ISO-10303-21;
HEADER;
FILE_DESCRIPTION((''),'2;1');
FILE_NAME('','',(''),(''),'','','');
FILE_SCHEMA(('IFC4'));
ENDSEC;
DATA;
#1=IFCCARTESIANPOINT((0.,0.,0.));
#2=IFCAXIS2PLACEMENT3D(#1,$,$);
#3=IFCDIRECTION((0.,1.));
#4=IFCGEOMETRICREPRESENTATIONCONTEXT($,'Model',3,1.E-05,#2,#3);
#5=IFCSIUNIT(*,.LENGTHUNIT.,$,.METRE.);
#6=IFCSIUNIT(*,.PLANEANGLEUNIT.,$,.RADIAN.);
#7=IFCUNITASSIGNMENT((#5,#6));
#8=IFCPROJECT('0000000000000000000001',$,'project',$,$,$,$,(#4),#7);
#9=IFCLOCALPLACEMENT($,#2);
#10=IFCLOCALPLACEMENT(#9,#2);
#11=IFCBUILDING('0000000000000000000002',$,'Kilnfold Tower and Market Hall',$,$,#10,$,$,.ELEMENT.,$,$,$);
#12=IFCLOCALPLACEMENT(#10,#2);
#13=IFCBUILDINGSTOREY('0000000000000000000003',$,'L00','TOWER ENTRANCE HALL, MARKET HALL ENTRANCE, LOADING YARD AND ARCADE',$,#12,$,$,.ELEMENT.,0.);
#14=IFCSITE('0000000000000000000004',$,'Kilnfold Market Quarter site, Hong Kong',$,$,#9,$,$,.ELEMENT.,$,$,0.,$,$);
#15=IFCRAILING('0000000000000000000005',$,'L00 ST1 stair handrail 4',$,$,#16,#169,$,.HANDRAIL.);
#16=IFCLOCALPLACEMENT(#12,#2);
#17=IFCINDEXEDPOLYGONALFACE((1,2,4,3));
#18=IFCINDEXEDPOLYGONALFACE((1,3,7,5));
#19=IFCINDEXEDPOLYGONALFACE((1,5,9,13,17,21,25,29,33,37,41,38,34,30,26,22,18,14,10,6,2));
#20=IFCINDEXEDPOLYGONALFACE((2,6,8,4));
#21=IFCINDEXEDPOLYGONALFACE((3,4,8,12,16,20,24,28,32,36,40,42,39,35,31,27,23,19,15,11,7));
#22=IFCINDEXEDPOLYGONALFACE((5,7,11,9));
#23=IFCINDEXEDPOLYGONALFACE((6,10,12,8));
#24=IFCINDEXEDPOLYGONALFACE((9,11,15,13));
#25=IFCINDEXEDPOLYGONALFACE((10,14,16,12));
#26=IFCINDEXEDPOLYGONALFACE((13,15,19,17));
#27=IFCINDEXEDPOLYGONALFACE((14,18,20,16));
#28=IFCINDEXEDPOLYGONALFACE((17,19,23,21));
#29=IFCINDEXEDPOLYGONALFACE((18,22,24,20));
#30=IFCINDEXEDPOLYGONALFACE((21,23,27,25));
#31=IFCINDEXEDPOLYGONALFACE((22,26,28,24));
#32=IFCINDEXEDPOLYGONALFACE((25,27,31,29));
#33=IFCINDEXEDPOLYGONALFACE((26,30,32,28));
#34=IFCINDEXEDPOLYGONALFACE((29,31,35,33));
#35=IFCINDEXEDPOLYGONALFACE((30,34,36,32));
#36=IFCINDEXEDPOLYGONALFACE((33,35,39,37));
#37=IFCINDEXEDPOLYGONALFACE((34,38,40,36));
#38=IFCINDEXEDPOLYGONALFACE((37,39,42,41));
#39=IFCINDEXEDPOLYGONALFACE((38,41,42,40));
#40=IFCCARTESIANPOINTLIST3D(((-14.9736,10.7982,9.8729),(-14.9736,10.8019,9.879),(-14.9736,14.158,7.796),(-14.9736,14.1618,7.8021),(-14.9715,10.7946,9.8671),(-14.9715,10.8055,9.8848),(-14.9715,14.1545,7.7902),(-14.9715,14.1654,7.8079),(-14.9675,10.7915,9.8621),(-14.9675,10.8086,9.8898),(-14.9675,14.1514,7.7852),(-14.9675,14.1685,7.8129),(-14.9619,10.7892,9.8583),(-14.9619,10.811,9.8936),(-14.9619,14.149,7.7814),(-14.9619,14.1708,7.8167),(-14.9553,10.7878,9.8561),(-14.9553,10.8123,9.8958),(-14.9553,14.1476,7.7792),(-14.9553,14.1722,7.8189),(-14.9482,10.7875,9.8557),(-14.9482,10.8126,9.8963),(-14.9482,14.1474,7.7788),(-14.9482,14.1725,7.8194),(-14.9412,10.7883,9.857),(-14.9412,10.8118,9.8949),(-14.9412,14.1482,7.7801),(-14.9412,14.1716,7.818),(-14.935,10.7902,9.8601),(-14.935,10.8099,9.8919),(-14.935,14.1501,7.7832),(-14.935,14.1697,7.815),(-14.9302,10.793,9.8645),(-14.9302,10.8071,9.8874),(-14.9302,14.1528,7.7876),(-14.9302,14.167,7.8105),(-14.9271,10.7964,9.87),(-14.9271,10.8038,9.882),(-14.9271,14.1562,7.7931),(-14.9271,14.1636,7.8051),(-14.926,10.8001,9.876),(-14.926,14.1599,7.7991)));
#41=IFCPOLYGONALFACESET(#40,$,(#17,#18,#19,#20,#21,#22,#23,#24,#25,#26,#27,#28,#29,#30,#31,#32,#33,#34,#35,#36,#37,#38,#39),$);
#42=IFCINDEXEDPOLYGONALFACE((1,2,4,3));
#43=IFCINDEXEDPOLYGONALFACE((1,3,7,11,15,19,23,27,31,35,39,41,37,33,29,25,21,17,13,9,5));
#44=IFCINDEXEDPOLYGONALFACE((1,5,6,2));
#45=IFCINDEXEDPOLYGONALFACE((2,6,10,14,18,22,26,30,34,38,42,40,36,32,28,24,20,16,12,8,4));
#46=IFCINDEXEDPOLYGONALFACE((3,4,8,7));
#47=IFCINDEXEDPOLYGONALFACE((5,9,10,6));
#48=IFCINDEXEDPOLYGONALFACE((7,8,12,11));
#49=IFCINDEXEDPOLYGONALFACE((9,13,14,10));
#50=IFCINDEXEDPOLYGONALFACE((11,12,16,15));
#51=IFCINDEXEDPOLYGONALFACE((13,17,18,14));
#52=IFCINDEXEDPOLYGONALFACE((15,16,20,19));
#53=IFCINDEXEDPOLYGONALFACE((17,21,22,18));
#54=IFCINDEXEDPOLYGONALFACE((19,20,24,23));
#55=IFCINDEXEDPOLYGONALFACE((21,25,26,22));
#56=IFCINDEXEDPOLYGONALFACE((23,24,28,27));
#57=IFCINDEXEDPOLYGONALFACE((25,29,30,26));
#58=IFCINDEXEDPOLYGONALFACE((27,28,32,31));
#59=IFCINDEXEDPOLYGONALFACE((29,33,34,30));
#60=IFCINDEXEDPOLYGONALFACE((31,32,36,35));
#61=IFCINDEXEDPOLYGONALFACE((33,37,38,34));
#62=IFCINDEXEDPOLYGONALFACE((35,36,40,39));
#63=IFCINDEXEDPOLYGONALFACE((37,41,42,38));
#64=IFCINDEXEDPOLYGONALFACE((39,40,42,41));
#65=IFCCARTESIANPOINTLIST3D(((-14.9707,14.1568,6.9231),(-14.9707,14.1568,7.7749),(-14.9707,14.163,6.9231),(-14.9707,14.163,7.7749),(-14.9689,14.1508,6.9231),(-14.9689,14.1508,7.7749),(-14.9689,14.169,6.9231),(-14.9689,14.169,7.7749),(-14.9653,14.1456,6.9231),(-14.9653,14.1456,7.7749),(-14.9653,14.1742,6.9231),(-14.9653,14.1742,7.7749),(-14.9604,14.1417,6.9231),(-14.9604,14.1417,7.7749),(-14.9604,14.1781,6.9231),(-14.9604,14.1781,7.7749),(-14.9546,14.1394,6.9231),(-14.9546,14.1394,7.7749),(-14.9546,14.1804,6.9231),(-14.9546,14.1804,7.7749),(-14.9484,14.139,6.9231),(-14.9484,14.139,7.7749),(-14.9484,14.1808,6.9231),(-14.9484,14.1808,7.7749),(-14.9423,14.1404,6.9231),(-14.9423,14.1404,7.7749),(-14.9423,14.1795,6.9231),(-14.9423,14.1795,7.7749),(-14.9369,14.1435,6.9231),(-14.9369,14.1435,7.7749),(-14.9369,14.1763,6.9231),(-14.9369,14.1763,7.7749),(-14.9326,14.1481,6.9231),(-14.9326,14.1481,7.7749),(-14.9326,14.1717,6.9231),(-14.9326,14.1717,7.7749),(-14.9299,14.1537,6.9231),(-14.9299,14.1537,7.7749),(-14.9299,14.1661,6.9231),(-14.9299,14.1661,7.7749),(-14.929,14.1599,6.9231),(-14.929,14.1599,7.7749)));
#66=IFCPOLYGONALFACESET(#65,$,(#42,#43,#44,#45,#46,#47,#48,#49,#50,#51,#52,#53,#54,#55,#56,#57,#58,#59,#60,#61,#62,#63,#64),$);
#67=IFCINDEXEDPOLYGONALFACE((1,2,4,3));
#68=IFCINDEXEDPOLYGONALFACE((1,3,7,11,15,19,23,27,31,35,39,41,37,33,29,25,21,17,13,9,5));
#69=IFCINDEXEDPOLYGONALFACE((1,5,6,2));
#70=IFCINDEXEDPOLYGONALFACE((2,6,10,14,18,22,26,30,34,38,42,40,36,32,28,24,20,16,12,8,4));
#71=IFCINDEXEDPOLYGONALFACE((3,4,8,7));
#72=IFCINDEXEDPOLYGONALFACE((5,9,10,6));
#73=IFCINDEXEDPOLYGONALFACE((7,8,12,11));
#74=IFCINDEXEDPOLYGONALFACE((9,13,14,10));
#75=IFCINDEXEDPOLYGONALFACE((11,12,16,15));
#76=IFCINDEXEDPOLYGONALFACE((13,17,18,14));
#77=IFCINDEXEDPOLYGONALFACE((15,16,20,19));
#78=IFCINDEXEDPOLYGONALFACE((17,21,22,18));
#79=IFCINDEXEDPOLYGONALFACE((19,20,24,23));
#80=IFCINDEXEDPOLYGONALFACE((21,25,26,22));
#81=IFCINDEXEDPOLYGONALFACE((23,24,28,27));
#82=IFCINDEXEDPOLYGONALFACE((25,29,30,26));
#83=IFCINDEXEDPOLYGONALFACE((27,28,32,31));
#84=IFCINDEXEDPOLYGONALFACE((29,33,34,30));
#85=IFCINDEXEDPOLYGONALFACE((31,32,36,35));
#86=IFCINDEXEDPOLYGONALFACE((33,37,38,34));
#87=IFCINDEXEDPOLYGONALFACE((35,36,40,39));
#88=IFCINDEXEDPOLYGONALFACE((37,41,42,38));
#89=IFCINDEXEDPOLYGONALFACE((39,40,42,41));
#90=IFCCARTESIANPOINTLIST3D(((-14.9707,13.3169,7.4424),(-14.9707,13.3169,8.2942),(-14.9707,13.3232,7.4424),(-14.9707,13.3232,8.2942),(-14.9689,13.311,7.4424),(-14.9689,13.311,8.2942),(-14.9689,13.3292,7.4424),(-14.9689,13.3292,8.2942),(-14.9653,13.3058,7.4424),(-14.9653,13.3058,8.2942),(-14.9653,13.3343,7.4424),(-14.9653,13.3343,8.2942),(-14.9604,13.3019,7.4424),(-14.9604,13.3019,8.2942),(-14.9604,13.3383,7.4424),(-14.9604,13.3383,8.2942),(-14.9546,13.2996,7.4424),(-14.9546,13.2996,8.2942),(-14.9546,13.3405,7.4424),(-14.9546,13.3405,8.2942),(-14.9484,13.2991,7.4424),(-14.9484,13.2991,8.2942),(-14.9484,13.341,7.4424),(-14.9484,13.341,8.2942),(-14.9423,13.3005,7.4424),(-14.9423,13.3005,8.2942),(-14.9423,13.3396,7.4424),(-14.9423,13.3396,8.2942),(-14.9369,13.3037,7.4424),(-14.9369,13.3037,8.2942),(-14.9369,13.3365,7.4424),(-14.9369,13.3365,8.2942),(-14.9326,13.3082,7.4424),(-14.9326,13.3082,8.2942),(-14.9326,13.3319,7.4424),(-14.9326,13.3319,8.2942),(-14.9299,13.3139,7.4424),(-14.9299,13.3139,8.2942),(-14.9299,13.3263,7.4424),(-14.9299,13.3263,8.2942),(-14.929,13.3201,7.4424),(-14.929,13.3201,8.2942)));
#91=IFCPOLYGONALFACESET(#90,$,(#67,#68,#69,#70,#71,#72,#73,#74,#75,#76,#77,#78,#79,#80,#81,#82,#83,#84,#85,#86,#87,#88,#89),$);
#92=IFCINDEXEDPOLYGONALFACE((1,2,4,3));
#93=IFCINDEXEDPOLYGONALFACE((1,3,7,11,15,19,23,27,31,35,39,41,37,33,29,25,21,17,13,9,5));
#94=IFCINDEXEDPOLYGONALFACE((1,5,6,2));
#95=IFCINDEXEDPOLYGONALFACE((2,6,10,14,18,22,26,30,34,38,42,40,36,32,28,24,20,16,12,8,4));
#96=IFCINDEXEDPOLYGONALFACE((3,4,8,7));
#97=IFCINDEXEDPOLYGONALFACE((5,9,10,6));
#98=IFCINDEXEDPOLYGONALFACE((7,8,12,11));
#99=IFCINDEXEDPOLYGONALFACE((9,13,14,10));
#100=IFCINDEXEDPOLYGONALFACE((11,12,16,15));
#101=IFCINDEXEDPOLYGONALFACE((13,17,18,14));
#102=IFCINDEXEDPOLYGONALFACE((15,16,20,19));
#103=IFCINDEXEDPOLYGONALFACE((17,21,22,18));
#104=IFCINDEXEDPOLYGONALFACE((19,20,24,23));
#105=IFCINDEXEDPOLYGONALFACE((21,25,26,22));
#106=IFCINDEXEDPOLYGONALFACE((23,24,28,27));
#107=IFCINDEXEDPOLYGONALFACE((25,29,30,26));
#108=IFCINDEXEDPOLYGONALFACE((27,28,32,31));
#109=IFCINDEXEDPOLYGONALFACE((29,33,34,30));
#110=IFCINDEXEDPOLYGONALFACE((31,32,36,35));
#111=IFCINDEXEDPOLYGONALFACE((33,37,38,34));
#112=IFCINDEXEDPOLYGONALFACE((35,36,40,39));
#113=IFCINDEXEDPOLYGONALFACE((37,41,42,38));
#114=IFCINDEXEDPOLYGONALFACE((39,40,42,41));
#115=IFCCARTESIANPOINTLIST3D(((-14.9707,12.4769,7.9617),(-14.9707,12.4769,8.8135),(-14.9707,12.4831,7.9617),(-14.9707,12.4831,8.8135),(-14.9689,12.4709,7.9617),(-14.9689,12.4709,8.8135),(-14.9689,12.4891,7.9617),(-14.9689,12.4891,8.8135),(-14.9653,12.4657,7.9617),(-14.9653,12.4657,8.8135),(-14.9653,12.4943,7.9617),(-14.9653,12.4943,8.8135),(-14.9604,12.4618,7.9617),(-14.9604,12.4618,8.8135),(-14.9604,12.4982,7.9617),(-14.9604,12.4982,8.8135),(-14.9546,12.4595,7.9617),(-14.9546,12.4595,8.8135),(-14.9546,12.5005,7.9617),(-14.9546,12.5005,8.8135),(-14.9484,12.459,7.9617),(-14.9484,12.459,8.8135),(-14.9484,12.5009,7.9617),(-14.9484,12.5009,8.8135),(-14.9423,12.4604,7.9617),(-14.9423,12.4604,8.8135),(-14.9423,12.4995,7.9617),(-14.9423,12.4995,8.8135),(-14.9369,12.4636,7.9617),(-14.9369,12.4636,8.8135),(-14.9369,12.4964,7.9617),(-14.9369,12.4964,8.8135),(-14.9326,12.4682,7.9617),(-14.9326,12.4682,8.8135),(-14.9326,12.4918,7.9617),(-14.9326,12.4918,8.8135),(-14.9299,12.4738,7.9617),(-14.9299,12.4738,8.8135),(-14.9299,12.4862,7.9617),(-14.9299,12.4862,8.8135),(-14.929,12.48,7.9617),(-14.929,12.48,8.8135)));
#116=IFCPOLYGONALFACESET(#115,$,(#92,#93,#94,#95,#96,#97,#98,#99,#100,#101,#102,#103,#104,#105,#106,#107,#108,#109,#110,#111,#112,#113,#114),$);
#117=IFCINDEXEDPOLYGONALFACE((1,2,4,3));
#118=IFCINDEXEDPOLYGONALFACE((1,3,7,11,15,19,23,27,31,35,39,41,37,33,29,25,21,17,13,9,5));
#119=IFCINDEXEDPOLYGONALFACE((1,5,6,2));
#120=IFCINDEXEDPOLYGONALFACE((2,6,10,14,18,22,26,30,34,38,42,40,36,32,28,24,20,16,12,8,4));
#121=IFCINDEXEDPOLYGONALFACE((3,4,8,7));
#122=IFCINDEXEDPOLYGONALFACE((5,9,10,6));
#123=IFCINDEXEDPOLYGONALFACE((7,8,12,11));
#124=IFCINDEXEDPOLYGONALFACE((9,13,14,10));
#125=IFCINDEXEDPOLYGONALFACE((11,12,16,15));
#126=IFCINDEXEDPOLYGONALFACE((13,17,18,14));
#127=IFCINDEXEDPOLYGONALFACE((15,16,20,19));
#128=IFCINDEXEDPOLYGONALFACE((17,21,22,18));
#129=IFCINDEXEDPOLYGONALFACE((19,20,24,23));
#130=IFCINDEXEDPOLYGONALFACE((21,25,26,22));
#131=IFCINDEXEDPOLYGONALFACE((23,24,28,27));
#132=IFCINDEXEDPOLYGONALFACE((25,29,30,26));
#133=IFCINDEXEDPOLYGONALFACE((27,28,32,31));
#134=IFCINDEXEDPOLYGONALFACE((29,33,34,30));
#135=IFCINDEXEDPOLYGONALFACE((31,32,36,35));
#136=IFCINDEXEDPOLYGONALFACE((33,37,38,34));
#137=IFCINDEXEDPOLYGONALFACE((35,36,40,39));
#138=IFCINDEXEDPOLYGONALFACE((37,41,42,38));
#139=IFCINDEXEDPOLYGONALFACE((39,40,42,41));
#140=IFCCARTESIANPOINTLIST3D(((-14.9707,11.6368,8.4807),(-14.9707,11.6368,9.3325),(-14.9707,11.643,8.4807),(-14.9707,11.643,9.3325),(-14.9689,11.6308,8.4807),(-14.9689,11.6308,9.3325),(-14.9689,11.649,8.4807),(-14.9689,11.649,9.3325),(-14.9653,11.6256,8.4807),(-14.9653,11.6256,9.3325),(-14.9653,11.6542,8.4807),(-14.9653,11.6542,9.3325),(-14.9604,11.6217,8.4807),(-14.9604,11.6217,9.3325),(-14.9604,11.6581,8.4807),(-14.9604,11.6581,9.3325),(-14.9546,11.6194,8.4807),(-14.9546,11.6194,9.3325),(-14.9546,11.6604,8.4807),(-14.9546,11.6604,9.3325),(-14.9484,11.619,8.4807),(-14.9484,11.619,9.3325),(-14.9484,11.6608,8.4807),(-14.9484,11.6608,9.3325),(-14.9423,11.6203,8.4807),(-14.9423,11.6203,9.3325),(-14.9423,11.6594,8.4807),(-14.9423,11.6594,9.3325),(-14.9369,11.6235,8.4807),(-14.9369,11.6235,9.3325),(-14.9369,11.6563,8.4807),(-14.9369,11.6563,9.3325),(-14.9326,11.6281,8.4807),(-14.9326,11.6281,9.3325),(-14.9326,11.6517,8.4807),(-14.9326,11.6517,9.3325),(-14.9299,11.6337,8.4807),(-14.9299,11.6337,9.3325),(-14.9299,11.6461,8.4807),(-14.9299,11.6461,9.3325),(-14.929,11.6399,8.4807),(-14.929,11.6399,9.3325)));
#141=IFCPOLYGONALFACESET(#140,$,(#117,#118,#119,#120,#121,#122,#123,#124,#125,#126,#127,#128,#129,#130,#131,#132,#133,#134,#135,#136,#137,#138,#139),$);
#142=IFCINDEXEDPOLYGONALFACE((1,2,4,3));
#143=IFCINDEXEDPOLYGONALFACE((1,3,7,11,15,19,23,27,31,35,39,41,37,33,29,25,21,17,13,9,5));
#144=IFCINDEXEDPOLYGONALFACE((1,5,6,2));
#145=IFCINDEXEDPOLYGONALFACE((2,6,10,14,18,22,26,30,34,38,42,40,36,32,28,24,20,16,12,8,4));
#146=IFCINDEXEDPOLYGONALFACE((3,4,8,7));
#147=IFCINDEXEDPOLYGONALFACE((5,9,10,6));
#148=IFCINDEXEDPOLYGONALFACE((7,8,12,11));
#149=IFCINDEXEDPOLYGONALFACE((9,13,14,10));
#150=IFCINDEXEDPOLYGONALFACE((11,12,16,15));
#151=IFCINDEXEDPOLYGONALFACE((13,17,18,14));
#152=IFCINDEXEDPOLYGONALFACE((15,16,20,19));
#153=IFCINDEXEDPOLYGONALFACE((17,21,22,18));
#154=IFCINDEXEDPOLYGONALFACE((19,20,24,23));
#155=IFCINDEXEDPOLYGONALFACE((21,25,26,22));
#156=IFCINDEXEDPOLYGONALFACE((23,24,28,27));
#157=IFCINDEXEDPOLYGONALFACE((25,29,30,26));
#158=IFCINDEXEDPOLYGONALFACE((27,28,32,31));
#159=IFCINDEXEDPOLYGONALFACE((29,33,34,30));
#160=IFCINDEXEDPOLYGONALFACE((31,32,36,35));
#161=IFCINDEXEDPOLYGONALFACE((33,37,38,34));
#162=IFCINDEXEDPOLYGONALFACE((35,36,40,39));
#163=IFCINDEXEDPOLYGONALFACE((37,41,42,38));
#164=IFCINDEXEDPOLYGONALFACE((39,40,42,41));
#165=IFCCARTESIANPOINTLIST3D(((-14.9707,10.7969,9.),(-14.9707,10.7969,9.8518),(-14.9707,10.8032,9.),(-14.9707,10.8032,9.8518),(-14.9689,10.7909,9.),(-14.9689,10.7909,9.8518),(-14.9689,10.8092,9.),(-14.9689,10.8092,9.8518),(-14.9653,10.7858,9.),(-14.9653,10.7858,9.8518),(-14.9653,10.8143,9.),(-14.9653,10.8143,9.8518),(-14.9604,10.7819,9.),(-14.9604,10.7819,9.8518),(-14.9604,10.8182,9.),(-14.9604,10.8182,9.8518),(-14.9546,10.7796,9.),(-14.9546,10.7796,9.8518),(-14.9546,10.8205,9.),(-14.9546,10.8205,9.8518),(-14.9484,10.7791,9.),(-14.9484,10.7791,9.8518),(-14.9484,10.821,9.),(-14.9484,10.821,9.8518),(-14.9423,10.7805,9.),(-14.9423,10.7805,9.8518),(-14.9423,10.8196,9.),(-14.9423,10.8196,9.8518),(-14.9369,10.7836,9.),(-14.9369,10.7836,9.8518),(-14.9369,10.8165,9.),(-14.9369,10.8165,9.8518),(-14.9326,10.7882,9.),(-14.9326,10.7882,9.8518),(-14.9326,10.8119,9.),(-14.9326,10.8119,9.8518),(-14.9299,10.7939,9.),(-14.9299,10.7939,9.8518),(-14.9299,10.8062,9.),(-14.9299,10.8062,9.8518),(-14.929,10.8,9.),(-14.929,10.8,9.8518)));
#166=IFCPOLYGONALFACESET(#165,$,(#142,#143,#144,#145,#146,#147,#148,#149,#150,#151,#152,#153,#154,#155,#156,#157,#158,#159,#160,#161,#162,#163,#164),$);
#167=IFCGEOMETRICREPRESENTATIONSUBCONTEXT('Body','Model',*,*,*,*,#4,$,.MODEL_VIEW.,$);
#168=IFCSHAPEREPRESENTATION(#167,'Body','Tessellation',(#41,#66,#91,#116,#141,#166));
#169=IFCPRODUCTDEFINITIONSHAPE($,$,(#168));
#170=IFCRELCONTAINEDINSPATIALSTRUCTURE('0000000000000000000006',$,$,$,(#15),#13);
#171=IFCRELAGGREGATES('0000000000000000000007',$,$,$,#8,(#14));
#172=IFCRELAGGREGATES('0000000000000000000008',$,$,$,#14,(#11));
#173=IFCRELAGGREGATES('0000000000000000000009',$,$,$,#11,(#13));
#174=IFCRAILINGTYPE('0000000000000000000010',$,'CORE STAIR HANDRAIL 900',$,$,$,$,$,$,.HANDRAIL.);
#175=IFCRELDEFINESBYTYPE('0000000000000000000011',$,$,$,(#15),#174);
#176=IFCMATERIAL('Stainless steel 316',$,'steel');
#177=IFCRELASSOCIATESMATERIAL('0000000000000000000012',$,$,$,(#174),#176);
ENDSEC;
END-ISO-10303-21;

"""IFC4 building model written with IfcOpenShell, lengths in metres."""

from ifc_helpers import new_model, si_unit, direction, frame, origin, origin_2d, place, context, subcontext, project, spatial, circle, extrude, material, type_object, element, save


model = new_model("IFC4")

# Units and contexts
model_context = context("Model", 3, precision=1e-05, world=origin(), true_north=direction((0.0, 1.0)))
body_context = subcontext(model_context, "Body", "Model", "MODEL_VIEW")
ifc_project = project(units=[si_unit("LENGTHUNIT", "METRE"), si_unit("PLANEANGLEUNIT", "RADIAN")], contexts=[model_context])

# Site, building, storey
site_placement = place(None, origin())
site = spatial("IfcSite", under=ifc_project, at=site_placement, Name="Kilnfold Market Quarter site, Hong Kong", CompositionType="ELEMENT", RefElevation=0.0)
building_placement = place(site_placement, origin())
building = spatial("IfcBuilding", under=site, at=building_placement, Name="Kilnfold Tower and Market Hall", CompositionType="ELEMENT")
storey_placement = place(building_placement, origin())
storey = spatial("IfcBuildingStorey", under=building, at=storey_placement, Name="L00", Description="TOWER ENTRANCE HALL, MARKET HALL ENTRANCE, LOADING YARD AND ARCADE", CompositionType="ELEMENT", Elevation=0.0)

# Railing
ifc_material_1 = material(Name="Stainless steel 316", Category="steel")
railing_type = type_object("IfcRailingType", Name="CORE STAIR HANDRAIL 900", PredefinedType="HANDRAIL", material=ifc_material_1)
for number, where, name in (
    (1, (-14.95, 14.1599, 6.9231), "L00 ST1 stair handrail 4"),
):
    element("IfcRailing", number, at=place(storey_placement, frame(where)), inside=storey, type_object=railing_type, Name=name, PredefinedType="HANDRAIL", context=body_context, shape_type="SweptSolid", body=[
        extrude(circle(Radius=0.0239, at=origin_2d()), frame((0.0, 0.0, 0.876), z_axis=(0.0, -0.850606, 0.525803), x_axis=(1.0, 0.0, 0.0)), (0.0, 0.0, 1.0), 3.95),
        extrude(circle(Radius=0.021, at=origin_2d()), origin(), (0.0, 0.0, 1.0), 0.8518),
        extrude(circle(Radius=0.021, at=origin_2d()), frame((0.0, -0.8398, 0.5193)), (0.0, 0.0, 1.0), 0.8518),
        extrude(circle(Radius=0.021, at=origin_2d()), frame((0.0, -1.6799, 1.0386)), (0.0, 0.0, 1.0), 0.8518),
        extrude(circle(Radius=0.021, at=origin_2d()), frame((0.0, -2.52, 1.5576)), (0.0, 0.0, 1.0), 0.8518),
        extrude(circle(Radius=0.021, at=origin_2d()), frame((0.0, -3.3599, 2.0769)), (0.0, 0.0, 1.0), 0.8518),
    ])

save(model, "model.ifc")
